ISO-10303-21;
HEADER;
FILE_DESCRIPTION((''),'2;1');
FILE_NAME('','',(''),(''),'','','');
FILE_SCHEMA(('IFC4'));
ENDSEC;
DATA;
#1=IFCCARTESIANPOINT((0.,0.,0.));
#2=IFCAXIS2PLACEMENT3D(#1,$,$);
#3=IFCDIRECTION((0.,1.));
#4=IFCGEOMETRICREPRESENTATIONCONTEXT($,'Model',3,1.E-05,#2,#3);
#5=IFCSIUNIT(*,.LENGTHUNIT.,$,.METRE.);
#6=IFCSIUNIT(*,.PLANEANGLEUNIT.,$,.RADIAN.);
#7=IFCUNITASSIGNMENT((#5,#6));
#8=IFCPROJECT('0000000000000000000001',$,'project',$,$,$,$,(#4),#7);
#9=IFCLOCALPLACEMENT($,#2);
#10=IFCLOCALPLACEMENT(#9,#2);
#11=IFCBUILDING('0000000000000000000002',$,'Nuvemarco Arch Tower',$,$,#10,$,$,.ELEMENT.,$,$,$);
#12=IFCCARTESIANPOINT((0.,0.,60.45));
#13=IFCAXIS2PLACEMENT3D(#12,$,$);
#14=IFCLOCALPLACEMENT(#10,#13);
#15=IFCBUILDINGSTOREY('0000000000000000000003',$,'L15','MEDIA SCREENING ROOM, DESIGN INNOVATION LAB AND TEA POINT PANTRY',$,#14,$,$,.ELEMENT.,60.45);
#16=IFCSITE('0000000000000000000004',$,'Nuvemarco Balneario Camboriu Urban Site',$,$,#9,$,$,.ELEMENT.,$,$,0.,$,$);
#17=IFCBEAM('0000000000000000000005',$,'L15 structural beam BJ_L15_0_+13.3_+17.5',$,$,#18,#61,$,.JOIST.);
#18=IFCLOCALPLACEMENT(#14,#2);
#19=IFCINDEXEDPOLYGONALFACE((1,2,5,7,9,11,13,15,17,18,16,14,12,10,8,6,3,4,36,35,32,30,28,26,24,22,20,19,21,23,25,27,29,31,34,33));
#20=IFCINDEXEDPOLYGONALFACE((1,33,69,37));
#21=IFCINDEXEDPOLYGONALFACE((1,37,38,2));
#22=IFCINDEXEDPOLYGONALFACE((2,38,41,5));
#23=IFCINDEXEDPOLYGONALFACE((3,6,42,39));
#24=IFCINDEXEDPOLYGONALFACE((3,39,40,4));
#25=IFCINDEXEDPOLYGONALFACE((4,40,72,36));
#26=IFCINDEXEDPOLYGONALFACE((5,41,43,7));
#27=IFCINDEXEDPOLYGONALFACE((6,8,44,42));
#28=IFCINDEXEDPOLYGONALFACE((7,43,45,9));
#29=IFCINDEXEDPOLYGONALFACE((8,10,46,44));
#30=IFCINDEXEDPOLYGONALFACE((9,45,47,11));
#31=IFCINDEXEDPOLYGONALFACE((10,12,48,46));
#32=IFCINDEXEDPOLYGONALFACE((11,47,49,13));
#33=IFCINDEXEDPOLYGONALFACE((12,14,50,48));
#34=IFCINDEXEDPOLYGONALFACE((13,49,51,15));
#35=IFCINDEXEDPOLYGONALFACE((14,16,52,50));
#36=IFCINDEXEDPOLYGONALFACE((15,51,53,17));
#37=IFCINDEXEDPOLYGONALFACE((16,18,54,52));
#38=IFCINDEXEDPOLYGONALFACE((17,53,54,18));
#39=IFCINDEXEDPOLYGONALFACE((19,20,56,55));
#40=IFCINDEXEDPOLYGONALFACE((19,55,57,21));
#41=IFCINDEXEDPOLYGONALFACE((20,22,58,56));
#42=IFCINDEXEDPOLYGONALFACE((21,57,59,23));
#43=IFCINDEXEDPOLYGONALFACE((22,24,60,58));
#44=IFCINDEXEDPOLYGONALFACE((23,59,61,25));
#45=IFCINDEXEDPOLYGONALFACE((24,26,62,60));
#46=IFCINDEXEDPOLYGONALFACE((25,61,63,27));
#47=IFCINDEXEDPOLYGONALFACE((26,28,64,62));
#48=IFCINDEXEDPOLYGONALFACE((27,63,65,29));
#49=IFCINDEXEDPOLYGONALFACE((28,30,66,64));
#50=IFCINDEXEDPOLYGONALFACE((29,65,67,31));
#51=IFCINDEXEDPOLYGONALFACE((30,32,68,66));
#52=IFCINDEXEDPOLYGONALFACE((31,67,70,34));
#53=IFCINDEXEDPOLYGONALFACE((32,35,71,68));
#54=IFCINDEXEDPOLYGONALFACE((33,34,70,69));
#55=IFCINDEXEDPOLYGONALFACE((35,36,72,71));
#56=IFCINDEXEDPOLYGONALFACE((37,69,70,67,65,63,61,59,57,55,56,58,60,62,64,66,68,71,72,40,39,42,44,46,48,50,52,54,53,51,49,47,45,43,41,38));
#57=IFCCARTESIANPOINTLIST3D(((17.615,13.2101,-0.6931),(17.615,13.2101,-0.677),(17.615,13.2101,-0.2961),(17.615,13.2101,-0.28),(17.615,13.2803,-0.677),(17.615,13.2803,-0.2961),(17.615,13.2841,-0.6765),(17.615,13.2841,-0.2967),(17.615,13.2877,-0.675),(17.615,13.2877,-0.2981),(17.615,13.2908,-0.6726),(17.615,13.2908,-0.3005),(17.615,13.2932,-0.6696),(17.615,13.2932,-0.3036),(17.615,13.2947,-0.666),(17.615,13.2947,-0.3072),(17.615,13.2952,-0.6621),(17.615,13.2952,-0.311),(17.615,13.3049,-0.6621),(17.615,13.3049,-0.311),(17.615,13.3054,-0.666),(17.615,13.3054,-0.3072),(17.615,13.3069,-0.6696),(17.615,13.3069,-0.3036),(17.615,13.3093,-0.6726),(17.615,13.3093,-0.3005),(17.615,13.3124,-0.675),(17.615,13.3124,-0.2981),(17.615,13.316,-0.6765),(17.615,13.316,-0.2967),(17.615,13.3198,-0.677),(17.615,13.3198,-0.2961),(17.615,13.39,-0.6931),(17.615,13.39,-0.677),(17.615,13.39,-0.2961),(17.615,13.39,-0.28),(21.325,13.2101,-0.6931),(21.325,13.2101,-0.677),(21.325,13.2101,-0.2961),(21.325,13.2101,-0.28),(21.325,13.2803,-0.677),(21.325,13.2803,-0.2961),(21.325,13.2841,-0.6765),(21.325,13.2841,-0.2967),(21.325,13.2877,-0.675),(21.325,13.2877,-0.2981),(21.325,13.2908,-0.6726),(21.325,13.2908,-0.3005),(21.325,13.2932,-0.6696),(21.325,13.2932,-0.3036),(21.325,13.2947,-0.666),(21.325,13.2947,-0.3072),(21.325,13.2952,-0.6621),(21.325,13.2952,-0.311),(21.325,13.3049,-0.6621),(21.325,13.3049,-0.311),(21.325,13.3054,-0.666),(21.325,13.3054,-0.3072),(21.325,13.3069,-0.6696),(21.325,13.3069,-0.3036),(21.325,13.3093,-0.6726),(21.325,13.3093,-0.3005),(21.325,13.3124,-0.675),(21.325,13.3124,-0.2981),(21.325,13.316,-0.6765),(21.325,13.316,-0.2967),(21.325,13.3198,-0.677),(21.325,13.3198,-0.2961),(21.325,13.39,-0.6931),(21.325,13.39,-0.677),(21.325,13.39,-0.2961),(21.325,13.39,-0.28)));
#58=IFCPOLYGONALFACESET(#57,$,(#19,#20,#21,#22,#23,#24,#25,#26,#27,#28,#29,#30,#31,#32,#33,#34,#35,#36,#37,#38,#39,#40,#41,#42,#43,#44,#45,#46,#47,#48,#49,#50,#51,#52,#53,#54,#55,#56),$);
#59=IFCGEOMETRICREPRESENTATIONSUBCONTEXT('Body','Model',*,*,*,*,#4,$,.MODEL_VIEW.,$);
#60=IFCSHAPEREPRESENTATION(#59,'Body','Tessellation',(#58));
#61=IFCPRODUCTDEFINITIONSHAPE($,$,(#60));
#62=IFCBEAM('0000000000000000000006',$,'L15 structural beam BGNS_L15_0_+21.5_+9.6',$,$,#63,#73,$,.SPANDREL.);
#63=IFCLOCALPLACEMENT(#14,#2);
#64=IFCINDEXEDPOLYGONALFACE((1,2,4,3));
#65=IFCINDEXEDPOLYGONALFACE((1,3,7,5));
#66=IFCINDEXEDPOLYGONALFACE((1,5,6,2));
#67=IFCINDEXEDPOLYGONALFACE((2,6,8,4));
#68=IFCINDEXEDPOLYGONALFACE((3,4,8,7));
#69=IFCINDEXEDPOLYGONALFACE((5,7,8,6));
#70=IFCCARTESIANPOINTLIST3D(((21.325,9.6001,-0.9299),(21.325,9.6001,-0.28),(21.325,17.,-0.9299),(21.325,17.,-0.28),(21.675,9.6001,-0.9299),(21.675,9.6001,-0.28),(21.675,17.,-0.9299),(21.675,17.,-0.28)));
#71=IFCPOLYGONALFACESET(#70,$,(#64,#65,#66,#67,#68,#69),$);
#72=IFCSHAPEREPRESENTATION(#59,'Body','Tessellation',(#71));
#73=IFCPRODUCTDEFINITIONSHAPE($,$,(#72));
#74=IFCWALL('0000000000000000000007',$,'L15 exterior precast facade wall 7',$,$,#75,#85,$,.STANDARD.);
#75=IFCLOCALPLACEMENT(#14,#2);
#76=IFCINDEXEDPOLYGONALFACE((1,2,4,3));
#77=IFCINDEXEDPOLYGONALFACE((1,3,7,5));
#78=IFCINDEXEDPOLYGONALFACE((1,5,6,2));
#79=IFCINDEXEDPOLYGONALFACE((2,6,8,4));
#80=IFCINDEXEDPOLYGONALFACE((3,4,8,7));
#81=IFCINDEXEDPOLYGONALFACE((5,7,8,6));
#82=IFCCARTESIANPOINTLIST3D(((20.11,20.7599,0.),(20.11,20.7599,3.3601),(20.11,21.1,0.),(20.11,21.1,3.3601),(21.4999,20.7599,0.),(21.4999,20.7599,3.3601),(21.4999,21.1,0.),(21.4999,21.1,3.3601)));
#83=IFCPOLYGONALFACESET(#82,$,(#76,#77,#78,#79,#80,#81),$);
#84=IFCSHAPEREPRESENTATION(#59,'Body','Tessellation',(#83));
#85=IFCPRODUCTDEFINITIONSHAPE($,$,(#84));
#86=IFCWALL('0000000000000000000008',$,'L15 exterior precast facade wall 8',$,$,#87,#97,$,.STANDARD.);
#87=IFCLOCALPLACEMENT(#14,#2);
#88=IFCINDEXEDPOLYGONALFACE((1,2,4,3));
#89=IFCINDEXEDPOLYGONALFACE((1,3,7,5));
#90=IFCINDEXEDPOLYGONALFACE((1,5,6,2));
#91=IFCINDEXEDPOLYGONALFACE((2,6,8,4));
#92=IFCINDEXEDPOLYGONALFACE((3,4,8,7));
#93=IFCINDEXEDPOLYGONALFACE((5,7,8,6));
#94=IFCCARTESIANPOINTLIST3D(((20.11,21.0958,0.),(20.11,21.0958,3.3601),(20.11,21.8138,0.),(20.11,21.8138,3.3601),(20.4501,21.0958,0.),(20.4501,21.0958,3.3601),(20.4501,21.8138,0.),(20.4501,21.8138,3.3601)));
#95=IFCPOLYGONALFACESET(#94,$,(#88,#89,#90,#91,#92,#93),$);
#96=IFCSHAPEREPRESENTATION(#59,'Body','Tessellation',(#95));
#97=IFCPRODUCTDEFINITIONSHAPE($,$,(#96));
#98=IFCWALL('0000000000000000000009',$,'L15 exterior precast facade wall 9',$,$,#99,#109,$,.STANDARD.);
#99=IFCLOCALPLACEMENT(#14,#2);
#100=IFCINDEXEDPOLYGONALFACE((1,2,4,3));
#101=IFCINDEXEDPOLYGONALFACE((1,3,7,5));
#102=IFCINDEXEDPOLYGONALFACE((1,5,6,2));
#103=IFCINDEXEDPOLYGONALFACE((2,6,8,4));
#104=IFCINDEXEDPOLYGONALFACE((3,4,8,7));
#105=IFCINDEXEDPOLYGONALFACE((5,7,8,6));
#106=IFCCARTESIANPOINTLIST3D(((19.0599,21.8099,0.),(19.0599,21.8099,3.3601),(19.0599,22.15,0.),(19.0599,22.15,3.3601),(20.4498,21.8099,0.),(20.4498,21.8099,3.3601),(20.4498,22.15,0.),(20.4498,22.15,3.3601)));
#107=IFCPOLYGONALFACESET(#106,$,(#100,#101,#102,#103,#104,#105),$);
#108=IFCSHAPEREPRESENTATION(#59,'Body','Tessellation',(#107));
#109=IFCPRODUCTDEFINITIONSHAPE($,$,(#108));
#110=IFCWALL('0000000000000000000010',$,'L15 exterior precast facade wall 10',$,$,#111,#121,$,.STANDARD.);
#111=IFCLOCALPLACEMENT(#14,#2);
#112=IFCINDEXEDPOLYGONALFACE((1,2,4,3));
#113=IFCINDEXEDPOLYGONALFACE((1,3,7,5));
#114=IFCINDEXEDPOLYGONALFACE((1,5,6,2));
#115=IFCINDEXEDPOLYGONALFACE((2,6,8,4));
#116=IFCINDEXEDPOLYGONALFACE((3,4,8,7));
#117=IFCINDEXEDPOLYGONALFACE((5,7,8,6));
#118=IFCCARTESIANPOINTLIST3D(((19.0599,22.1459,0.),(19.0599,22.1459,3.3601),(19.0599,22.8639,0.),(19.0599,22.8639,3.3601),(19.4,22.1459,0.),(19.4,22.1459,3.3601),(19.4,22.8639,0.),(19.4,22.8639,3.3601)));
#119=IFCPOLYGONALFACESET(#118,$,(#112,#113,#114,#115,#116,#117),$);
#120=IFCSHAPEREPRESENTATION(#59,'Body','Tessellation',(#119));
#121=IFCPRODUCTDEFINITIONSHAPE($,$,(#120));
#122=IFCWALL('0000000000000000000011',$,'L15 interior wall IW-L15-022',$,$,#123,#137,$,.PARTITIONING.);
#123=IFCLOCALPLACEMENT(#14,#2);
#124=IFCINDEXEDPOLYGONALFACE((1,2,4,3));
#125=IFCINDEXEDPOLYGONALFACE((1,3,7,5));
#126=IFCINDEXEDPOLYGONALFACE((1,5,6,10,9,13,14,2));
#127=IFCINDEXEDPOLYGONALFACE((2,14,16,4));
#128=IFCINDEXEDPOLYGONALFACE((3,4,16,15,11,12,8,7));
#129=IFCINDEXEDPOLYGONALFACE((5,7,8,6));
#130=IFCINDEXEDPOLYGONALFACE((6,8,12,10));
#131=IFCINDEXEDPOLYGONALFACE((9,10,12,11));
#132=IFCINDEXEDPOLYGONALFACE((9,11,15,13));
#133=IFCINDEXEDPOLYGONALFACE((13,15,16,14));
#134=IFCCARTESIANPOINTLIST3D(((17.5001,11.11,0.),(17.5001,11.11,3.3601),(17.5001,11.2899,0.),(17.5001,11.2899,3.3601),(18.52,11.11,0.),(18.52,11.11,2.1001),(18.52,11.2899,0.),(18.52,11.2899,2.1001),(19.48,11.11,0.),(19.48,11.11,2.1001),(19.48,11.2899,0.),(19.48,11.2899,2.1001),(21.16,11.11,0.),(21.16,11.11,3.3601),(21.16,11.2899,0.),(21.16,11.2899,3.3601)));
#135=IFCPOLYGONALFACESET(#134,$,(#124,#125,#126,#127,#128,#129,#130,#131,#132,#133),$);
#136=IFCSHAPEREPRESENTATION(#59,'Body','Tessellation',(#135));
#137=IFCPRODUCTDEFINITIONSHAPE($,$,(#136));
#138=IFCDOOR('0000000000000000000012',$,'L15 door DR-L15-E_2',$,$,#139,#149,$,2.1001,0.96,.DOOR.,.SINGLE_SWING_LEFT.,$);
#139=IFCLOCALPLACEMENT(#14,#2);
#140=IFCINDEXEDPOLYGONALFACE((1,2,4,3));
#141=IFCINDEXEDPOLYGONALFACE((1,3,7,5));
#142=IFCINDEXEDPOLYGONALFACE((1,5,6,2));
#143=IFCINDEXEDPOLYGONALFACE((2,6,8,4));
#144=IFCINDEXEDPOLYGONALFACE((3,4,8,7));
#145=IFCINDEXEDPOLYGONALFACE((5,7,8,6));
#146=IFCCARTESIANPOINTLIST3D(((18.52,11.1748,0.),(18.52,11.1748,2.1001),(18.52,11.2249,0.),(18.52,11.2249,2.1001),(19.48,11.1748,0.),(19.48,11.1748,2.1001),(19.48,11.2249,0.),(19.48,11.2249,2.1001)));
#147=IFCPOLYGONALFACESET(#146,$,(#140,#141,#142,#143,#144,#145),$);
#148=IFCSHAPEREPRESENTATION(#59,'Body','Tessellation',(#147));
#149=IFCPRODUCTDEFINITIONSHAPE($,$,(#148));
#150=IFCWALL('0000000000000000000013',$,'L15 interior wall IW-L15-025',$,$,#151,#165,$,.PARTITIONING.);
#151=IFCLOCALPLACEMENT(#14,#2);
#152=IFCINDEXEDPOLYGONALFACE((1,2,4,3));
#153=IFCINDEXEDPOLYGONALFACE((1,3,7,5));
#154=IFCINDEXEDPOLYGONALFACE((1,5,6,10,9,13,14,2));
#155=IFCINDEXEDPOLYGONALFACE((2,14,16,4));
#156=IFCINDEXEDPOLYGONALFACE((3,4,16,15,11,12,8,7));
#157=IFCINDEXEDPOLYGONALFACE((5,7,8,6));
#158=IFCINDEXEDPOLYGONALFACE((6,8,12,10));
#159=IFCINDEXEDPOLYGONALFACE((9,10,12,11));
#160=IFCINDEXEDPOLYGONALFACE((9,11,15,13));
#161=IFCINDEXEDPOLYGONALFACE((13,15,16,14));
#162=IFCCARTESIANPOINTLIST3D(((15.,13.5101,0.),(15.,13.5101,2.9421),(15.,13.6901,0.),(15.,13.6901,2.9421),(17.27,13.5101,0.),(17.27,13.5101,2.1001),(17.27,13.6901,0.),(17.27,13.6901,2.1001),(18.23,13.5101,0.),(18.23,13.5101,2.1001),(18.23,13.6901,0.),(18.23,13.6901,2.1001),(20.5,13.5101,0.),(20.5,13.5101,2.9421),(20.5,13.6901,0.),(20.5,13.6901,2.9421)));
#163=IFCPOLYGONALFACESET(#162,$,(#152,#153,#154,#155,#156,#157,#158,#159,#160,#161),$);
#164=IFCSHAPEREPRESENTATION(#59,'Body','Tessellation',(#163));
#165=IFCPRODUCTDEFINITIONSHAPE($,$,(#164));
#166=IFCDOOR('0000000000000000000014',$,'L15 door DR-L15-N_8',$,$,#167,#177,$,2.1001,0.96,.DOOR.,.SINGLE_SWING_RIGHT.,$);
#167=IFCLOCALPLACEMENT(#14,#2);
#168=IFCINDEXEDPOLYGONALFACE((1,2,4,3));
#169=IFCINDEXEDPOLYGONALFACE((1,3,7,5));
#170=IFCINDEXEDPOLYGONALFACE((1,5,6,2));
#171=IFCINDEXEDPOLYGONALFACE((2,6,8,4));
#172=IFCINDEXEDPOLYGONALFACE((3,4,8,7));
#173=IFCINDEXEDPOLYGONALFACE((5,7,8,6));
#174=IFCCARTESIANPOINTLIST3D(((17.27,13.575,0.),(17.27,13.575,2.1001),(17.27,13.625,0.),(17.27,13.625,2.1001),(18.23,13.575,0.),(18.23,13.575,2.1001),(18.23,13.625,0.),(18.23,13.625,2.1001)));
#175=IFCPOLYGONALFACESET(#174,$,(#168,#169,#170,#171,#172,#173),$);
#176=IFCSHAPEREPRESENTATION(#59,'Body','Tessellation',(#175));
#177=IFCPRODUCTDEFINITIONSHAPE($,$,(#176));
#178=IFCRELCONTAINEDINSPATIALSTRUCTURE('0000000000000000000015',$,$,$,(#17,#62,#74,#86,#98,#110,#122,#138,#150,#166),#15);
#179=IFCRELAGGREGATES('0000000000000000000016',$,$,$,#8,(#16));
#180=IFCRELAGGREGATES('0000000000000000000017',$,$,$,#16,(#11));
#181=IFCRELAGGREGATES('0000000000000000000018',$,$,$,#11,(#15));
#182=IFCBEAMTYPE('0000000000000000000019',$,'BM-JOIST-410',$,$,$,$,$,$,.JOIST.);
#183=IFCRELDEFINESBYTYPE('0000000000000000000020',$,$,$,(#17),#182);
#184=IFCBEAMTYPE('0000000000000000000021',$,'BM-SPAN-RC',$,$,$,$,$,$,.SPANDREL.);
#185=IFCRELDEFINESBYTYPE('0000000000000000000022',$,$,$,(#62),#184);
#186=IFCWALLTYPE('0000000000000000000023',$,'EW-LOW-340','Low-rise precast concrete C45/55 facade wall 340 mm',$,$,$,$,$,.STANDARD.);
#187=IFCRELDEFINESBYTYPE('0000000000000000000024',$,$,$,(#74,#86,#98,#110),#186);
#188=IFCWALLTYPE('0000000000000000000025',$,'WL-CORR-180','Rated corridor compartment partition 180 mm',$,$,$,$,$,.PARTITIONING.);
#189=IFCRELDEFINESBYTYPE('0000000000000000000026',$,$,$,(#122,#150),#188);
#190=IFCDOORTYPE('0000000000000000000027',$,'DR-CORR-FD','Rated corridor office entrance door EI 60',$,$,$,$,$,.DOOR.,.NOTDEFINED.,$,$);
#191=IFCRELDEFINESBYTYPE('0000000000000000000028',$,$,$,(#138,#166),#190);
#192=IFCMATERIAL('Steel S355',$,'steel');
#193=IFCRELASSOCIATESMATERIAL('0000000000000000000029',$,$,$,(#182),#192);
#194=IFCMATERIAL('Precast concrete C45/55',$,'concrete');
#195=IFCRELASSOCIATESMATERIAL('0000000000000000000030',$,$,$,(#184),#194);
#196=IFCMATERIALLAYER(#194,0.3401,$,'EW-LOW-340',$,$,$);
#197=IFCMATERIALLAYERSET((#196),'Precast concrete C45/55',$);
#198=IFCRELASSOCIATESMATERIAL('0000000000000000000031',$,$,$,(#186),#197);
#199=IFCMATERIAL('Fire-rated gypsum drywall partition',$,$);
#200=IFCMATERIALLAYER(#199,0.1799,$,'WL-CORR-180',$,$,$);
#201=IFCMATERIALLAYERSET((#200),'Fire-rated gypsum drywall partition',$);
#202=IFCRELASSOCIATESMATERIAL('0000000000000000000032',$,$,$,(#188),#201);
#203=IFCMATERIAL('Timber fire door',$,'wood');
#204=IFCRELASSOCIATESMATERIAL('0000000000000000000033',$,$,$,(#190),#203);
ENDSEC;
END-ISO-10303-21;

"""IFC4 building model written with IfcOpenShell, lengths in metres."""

from ifc_helpers import new_model, si_unit, direction, frame, frame_2d, origin, origin_2d, place, context, subcontext, project, spatial, rectangle, i_section, extrude, source, transform, mapped, material, layer, layer_set, material_profile, profile_set, type_object, type_shapes, element, fill, save


model = new_model("IFC4")

# Units and contexts
model_context = context("Model", 3, precision=1e-05, world=origin(), true_north=direction((0.0, 1.0)))
body_context = subcontext(model_context, "Body", "Model", "MODEL_VIEW")
ifc_project = project(units=[si_unit("LENGTHUNIT", "METRE"), si_unit("PLANEANGLEUNIT", "RADIAN")], contexts=[model_context])

# Site, building, storey
site_placement = place(None, origin())
site = spatial("IfcSite", under=ifc_project, at=site_placement, Name="Nuvemarco Balneario Camboriu Urban Site", CompositionType="ELEMENT", RefElevation=0.0)
building_placement = place(site_placement, origin())
building = spatial("IfcBuilding", under=site, at=building_placement, Name="Nuvemarco Arch Tower", CompositionType="ELEMENT")
storey_placement = place(building_placement, frame((0.0, 0.0, 60.45)))
storey = spatial("IfcBuildingStorey", under=building, at=storey_placement, Name="L15", Description="MEDIA SCREENING ROOM, DESIGN INNOVATION LAB AND TEA POINT PANTRY", CompositionType="ELEMENT", Elevation=60.45)

# Shared definitions
ifc_material_1 = material(Name="Steel S355", Category="steel")

# Beams
ifc_material_profile_1 = material_profile(ifc_material_1, i_section(OverallWidth=0.1799, OverallDepth=0.4131, WebThickness=0.0098, FlangeThickness=0.0161, FilletRadius=0.0149, at=origin_2d()), Name="W410x75")
ifc_profile_set_1 = profile_set([ifc_material_profile_1], Name="Steel S355")
beam_type_1 = type_object("IfcBeamType", Name="BM-JOIST-410", PredefinedType="JOIST", material=ifc_profile_set_1)
beam_1_placement = place(storey_placement, frame((17.615, 13.3, -0.4866), z_axis=(1.0, 0.0, 0.0), x_axis=(0.0, 1.0, 0.0)))
element("IfcBeam", 1, at=beam_1_placement, inside=storey, type_object=beam_type_1, Name="L15 structural beam BJ_L15_0_+13.3_+17.5", PredefinedType="JOIST", context=body_context, shape_type="SweptSolid", body=[
    extrude(i_section(OverallWidth=0.1799, OverallDepth=0.4131, WebThickness=0.0098, FlangeThickness=0.0161, FilletRadius=0.0149, at=origin_2d()), origin(), (0.0, 0.0, 1.0), 3.71),
])
ifc_material_2 = material(Name="Precast concrete C45/55", Category="concrete")
ifc_material_profile_2 = material_profile(ifc_material_2, rectangle(XDim=0.3501, YDim=0.6499, at=origin_2d()), Name="PC-SP-350x650")
ifc_profile_set_2 = profile_set([ifc_material_profile_2], Name="Precast concrete C45/55")
beam_type_2 = type_object("IfcBeamType", Name="BM-SPAN-RC", PredefinedType="SPANDREL", material=ifc_profile_set_2)
beam_2_placement = place(storey_placement, frame((21.5, 9.6001, -0.605), z_axis=(0.0, 1.0, 0.0), x_axis=(-1.0, 0.0, 0.0)))
element("IfcBeam", 2, at=beam_2_placement, inside=storey, type_object=beam_type_2, Name="L15 structural beam BGNS_L15_0_+21.5_+9.6", PredefinedType="SPANDREL", context=body_context, shape_type="SweptSolid", body=[
    extrude(rectangle(XDim=0.3501, YDim=0.6499, at=origin_2d()), origin(), (0.0, 0.0, 1.0), 7.3999),
])

# Walls
ifc_layer_1 = layer(ifc_material_2, 0.3401, Name="EW-LOW-340")
ifc_layer_set_1 = layer_set([ifc_layer_1], Name="Precast concrete C45/55")
wall_type_1 = type_object("IfcWallType", Name="EW-LOW-340", Description="Low-rise precast concrete C45/55 facade wall 340 mm", PredefinedType="STANDARD", material=ifc_layer_set_1)
wall_1_placement = place(storey_placement, frame((20.1101, 20.9299, 0.0), z_axis=(0.0, 0.0, 1.0), x_axis=(1.0, 0.0, 0.0)))
element("IfcWall", 3, at=wall_1_placement, inside=storey, type_object=wall_type_1, Name="L15 exterior precast facade wall 7", PredefinedType="STANDARD", context=body_context, shape_type="SweptSolid", body=[
    extrude(rectangle(XDim=1.3899, YDim=0.3401, at=frame_2d((0.6948, 0.0))), origin(), (0.0, 0.0, 1.0), 3.3601),
])
wall_2_placement = place(storey_placement, frame((20.28, 21.0959, 0.0), z_axis=(0.0, 0.0, 1.0), x_axis=(0.0, 1.0, 0.0)))
element("IfcWall", 4, at=wall_2_placement, inside=storey, type_object=wall_type_1, Name="L15 exterior precast facade wall 8", PredefinedType="STANDARD", context=body_context, shape_type="SweptSolid", body=[
    extrude(rectangle(XDim=0.718, YDim=0.3401, at=frame_2d((0.3589, 0.0))), origin(), (0.0, 0.0, 1.0), 3.3601),
])
wall_3_placement = place(storey_placement, frame((19.0601, 21.98, 0.0), z_axis=(0.0, 0.0, 1.0), x_axis=(1.0, 0.0, 0.0)))
element("IfcWall", 5, at=wall_3_placement, inside=storey, type_object=wall_type_1, Name="L15 exterior precast facade wall 9", PredefinedType="STANDARD", context=body_context, shape_type="SweptSolid", body=[
    extrude(rectangle(XDim=1.3899, YDim=0.3401, at=frame_2d((0.6948, 0.0))), origin(), (0.0, 0.0, 1.0), 3.3601),
])
wall_4_placement = place(storey_placement, frame((19.23, 22.146, 0.0), z_axis=(0.0, 0.0, 1.0), x_axis=(0.0, 1.0, 0.0)))
element("IfcWall", 6, at=wall_4_placement, inside=storey, type_object=wall_type_1, Name="L15 exterior precast facade wall 10", PredefinedType="STANDARD", context=body_context, shape_type="SweptSolid", body=[
    extrude(rectangle(XDim=0.718, YDim=0.3401, at=frame_2d((0.3589, 0.0))), origin(), (0.0, 0.0, 1.0), 3.3601),
])

# Walls, openings, doors
ifc_material_3 = material(Name="Fire-rated gypsum drywall partition")
ifc_layer_2 = layer(ifc_material_3, 0.1799, Name="WL-CORR-180")
ifc_layer_set_2 = layer_set([ifc_layer_2], Name="Fire-rated gypsum drywall partition")
wall_type_2 = type_object("IfcWallType", Name="WL-CORR-180", Description="Rated corridor compartment partition 180 mm", PredefinedType="PARTITIONING", material=ifc_layer_set_2)
wall_5_placement = place(storey_placement, frame((17.5, 11.2, 0.0), z_axis=(0.0, 0.0, 1.0), x_axis=(1.0, 0.0, 0.0)))
wall_5 = element("IfcWall", 7, at=wall_5_placement, inside=storey, type_object=wall_type_2, Name="L15 interior wall IW-L15-022", PredefinedType="PARTITIONING", context=body_context, shape_type="SweptSolid", body=[
    extrude(rectangle(XDim=3.6599, YDim=0.1799, at=frame_2d((1.8301, 0.0))), origin(), (0.0, 0.0, 1.0), 3.3601),
])
opening_1_placement = place(wall_5_placement, frame((1.02, 0.0, 0.0)))
opening_1 = element("IfcOpeningElement", 8, at=opening_1_placement, cuts=wall_5, PredefinedType="OPENING", context=body_context, shape_type="SweptSolid", body=[
    extrude(rectangle(XDim=0.96, YDim=2.1001, at=frame_2d((0.48, 1.05))), frame((0.0, 0.0999, 0.0), z_axis=(0.0, -1.0, 0.0), x_axis=(1.0, 0.0, 0.0)), (0.0, 0.0, 1.0), 0.2),
])
ifc_material_4 = material(Name="Timber fire door", Category="wood")
door_type = type_object("IfcDoorType", Name="DR-CORR-FD", Description="Rated corridor office entrance door EI 60", OperationType="NOTDEFINED", PredefinedType="DOOR", material=ifc_material_4)
shared_shape_1 = source(origin(), body_context, "Body", "SweptSolid", [
    extrude(rectangle(XDim=0.96, YDim=2.1001, at=frame_2d((0.48, 1.05))), frame((0.0, 0.0249, 0.0), z_axis=(0.0, -1.0, 0.0), x_axis=(1.0, 0.0, 0.0)), (0.0, 0.0, 1.0), 0.05),
])
type_shapes(door_type, [shared_shape_1])
door_1_placement = place(opening_1_placement, origin())
door_1 = element("IfcDoor", 9, at=door_1_placement, inside=storey, type_object=door_type, Name="L15 door DR-L15-E_2", OperationType="SINGLE_SWING_LEFT", OverallHeight=2.1001, OverallWidth=0.96, PredefinedType="DOOR", context=body_context, shape_type="MappedRepresentation", body=[
    mapped(shared_shape_1, transform((0.0, 0.0, 0.0), scale=1.0)),
])
fill(opening_1, door_1)
wall_6_placement = place(storey_placement, frame((15.0, 13.6001, 0.0), z_axis=(0.0, 0.0, 1.0), x_axis=(1.0, 0.0, 0.0)))
wall_6 = element("IfcWall", 10, at=wall_6_placement, inside=storey, type_object=wall_type_2, Name="L15 interior wall IW-L15-025", PredefinedType="PARTITIONING", context=body_context, shape_type="SweptSolid", body=[
    extrude(rectangle(XDim=5.5, YDim=0.1799, at=frame_2d((2.75, 0.0))), origin(), (0.0, 0.0, 1.0), 2.9421),
])
opening_2_placement = place(wall_6_placement, frame((2.27, 0.0, 0.0)))
opening_2 = element("IfcOpeningElement", 11, at=opening_2_placement, cuts=wall_6, PredefinedType="OPENING", context=body_context, shape_type="SweptSolid", body=[
    extrude(rectangle(XDim=0.96, YDim=2.1001, at=frame_2d((0.48, 1.05))), frame((0.0, 0.0999, 0.0), z_axis=(0.0, -1.0, 0.0), x_axis=(1.0, 0.0, 0.0)), (0.0, 0.0, 1.0), 0.2),
])
door_2_placement = place(opening_2_placement, origin())
door_2 = element("IfcDoor", 12, at=door_2_placement, inside=storey, type_object=door_type, Name="L15 door DR-L15-N_8", OperationType="SINGLE_SWING_RIGHT", OverallHeight=2.1001, OverallWidth=0.96, PredefinedType="DOOR", context=body_context, shape_type="MappedRepresentation", body=[
    mapped(shared_shape_1, transform((0.0, 0.0, 0.0), scale=1.0)),
])
fill(opening_2, door_2)

save(model, "model.ifc")
